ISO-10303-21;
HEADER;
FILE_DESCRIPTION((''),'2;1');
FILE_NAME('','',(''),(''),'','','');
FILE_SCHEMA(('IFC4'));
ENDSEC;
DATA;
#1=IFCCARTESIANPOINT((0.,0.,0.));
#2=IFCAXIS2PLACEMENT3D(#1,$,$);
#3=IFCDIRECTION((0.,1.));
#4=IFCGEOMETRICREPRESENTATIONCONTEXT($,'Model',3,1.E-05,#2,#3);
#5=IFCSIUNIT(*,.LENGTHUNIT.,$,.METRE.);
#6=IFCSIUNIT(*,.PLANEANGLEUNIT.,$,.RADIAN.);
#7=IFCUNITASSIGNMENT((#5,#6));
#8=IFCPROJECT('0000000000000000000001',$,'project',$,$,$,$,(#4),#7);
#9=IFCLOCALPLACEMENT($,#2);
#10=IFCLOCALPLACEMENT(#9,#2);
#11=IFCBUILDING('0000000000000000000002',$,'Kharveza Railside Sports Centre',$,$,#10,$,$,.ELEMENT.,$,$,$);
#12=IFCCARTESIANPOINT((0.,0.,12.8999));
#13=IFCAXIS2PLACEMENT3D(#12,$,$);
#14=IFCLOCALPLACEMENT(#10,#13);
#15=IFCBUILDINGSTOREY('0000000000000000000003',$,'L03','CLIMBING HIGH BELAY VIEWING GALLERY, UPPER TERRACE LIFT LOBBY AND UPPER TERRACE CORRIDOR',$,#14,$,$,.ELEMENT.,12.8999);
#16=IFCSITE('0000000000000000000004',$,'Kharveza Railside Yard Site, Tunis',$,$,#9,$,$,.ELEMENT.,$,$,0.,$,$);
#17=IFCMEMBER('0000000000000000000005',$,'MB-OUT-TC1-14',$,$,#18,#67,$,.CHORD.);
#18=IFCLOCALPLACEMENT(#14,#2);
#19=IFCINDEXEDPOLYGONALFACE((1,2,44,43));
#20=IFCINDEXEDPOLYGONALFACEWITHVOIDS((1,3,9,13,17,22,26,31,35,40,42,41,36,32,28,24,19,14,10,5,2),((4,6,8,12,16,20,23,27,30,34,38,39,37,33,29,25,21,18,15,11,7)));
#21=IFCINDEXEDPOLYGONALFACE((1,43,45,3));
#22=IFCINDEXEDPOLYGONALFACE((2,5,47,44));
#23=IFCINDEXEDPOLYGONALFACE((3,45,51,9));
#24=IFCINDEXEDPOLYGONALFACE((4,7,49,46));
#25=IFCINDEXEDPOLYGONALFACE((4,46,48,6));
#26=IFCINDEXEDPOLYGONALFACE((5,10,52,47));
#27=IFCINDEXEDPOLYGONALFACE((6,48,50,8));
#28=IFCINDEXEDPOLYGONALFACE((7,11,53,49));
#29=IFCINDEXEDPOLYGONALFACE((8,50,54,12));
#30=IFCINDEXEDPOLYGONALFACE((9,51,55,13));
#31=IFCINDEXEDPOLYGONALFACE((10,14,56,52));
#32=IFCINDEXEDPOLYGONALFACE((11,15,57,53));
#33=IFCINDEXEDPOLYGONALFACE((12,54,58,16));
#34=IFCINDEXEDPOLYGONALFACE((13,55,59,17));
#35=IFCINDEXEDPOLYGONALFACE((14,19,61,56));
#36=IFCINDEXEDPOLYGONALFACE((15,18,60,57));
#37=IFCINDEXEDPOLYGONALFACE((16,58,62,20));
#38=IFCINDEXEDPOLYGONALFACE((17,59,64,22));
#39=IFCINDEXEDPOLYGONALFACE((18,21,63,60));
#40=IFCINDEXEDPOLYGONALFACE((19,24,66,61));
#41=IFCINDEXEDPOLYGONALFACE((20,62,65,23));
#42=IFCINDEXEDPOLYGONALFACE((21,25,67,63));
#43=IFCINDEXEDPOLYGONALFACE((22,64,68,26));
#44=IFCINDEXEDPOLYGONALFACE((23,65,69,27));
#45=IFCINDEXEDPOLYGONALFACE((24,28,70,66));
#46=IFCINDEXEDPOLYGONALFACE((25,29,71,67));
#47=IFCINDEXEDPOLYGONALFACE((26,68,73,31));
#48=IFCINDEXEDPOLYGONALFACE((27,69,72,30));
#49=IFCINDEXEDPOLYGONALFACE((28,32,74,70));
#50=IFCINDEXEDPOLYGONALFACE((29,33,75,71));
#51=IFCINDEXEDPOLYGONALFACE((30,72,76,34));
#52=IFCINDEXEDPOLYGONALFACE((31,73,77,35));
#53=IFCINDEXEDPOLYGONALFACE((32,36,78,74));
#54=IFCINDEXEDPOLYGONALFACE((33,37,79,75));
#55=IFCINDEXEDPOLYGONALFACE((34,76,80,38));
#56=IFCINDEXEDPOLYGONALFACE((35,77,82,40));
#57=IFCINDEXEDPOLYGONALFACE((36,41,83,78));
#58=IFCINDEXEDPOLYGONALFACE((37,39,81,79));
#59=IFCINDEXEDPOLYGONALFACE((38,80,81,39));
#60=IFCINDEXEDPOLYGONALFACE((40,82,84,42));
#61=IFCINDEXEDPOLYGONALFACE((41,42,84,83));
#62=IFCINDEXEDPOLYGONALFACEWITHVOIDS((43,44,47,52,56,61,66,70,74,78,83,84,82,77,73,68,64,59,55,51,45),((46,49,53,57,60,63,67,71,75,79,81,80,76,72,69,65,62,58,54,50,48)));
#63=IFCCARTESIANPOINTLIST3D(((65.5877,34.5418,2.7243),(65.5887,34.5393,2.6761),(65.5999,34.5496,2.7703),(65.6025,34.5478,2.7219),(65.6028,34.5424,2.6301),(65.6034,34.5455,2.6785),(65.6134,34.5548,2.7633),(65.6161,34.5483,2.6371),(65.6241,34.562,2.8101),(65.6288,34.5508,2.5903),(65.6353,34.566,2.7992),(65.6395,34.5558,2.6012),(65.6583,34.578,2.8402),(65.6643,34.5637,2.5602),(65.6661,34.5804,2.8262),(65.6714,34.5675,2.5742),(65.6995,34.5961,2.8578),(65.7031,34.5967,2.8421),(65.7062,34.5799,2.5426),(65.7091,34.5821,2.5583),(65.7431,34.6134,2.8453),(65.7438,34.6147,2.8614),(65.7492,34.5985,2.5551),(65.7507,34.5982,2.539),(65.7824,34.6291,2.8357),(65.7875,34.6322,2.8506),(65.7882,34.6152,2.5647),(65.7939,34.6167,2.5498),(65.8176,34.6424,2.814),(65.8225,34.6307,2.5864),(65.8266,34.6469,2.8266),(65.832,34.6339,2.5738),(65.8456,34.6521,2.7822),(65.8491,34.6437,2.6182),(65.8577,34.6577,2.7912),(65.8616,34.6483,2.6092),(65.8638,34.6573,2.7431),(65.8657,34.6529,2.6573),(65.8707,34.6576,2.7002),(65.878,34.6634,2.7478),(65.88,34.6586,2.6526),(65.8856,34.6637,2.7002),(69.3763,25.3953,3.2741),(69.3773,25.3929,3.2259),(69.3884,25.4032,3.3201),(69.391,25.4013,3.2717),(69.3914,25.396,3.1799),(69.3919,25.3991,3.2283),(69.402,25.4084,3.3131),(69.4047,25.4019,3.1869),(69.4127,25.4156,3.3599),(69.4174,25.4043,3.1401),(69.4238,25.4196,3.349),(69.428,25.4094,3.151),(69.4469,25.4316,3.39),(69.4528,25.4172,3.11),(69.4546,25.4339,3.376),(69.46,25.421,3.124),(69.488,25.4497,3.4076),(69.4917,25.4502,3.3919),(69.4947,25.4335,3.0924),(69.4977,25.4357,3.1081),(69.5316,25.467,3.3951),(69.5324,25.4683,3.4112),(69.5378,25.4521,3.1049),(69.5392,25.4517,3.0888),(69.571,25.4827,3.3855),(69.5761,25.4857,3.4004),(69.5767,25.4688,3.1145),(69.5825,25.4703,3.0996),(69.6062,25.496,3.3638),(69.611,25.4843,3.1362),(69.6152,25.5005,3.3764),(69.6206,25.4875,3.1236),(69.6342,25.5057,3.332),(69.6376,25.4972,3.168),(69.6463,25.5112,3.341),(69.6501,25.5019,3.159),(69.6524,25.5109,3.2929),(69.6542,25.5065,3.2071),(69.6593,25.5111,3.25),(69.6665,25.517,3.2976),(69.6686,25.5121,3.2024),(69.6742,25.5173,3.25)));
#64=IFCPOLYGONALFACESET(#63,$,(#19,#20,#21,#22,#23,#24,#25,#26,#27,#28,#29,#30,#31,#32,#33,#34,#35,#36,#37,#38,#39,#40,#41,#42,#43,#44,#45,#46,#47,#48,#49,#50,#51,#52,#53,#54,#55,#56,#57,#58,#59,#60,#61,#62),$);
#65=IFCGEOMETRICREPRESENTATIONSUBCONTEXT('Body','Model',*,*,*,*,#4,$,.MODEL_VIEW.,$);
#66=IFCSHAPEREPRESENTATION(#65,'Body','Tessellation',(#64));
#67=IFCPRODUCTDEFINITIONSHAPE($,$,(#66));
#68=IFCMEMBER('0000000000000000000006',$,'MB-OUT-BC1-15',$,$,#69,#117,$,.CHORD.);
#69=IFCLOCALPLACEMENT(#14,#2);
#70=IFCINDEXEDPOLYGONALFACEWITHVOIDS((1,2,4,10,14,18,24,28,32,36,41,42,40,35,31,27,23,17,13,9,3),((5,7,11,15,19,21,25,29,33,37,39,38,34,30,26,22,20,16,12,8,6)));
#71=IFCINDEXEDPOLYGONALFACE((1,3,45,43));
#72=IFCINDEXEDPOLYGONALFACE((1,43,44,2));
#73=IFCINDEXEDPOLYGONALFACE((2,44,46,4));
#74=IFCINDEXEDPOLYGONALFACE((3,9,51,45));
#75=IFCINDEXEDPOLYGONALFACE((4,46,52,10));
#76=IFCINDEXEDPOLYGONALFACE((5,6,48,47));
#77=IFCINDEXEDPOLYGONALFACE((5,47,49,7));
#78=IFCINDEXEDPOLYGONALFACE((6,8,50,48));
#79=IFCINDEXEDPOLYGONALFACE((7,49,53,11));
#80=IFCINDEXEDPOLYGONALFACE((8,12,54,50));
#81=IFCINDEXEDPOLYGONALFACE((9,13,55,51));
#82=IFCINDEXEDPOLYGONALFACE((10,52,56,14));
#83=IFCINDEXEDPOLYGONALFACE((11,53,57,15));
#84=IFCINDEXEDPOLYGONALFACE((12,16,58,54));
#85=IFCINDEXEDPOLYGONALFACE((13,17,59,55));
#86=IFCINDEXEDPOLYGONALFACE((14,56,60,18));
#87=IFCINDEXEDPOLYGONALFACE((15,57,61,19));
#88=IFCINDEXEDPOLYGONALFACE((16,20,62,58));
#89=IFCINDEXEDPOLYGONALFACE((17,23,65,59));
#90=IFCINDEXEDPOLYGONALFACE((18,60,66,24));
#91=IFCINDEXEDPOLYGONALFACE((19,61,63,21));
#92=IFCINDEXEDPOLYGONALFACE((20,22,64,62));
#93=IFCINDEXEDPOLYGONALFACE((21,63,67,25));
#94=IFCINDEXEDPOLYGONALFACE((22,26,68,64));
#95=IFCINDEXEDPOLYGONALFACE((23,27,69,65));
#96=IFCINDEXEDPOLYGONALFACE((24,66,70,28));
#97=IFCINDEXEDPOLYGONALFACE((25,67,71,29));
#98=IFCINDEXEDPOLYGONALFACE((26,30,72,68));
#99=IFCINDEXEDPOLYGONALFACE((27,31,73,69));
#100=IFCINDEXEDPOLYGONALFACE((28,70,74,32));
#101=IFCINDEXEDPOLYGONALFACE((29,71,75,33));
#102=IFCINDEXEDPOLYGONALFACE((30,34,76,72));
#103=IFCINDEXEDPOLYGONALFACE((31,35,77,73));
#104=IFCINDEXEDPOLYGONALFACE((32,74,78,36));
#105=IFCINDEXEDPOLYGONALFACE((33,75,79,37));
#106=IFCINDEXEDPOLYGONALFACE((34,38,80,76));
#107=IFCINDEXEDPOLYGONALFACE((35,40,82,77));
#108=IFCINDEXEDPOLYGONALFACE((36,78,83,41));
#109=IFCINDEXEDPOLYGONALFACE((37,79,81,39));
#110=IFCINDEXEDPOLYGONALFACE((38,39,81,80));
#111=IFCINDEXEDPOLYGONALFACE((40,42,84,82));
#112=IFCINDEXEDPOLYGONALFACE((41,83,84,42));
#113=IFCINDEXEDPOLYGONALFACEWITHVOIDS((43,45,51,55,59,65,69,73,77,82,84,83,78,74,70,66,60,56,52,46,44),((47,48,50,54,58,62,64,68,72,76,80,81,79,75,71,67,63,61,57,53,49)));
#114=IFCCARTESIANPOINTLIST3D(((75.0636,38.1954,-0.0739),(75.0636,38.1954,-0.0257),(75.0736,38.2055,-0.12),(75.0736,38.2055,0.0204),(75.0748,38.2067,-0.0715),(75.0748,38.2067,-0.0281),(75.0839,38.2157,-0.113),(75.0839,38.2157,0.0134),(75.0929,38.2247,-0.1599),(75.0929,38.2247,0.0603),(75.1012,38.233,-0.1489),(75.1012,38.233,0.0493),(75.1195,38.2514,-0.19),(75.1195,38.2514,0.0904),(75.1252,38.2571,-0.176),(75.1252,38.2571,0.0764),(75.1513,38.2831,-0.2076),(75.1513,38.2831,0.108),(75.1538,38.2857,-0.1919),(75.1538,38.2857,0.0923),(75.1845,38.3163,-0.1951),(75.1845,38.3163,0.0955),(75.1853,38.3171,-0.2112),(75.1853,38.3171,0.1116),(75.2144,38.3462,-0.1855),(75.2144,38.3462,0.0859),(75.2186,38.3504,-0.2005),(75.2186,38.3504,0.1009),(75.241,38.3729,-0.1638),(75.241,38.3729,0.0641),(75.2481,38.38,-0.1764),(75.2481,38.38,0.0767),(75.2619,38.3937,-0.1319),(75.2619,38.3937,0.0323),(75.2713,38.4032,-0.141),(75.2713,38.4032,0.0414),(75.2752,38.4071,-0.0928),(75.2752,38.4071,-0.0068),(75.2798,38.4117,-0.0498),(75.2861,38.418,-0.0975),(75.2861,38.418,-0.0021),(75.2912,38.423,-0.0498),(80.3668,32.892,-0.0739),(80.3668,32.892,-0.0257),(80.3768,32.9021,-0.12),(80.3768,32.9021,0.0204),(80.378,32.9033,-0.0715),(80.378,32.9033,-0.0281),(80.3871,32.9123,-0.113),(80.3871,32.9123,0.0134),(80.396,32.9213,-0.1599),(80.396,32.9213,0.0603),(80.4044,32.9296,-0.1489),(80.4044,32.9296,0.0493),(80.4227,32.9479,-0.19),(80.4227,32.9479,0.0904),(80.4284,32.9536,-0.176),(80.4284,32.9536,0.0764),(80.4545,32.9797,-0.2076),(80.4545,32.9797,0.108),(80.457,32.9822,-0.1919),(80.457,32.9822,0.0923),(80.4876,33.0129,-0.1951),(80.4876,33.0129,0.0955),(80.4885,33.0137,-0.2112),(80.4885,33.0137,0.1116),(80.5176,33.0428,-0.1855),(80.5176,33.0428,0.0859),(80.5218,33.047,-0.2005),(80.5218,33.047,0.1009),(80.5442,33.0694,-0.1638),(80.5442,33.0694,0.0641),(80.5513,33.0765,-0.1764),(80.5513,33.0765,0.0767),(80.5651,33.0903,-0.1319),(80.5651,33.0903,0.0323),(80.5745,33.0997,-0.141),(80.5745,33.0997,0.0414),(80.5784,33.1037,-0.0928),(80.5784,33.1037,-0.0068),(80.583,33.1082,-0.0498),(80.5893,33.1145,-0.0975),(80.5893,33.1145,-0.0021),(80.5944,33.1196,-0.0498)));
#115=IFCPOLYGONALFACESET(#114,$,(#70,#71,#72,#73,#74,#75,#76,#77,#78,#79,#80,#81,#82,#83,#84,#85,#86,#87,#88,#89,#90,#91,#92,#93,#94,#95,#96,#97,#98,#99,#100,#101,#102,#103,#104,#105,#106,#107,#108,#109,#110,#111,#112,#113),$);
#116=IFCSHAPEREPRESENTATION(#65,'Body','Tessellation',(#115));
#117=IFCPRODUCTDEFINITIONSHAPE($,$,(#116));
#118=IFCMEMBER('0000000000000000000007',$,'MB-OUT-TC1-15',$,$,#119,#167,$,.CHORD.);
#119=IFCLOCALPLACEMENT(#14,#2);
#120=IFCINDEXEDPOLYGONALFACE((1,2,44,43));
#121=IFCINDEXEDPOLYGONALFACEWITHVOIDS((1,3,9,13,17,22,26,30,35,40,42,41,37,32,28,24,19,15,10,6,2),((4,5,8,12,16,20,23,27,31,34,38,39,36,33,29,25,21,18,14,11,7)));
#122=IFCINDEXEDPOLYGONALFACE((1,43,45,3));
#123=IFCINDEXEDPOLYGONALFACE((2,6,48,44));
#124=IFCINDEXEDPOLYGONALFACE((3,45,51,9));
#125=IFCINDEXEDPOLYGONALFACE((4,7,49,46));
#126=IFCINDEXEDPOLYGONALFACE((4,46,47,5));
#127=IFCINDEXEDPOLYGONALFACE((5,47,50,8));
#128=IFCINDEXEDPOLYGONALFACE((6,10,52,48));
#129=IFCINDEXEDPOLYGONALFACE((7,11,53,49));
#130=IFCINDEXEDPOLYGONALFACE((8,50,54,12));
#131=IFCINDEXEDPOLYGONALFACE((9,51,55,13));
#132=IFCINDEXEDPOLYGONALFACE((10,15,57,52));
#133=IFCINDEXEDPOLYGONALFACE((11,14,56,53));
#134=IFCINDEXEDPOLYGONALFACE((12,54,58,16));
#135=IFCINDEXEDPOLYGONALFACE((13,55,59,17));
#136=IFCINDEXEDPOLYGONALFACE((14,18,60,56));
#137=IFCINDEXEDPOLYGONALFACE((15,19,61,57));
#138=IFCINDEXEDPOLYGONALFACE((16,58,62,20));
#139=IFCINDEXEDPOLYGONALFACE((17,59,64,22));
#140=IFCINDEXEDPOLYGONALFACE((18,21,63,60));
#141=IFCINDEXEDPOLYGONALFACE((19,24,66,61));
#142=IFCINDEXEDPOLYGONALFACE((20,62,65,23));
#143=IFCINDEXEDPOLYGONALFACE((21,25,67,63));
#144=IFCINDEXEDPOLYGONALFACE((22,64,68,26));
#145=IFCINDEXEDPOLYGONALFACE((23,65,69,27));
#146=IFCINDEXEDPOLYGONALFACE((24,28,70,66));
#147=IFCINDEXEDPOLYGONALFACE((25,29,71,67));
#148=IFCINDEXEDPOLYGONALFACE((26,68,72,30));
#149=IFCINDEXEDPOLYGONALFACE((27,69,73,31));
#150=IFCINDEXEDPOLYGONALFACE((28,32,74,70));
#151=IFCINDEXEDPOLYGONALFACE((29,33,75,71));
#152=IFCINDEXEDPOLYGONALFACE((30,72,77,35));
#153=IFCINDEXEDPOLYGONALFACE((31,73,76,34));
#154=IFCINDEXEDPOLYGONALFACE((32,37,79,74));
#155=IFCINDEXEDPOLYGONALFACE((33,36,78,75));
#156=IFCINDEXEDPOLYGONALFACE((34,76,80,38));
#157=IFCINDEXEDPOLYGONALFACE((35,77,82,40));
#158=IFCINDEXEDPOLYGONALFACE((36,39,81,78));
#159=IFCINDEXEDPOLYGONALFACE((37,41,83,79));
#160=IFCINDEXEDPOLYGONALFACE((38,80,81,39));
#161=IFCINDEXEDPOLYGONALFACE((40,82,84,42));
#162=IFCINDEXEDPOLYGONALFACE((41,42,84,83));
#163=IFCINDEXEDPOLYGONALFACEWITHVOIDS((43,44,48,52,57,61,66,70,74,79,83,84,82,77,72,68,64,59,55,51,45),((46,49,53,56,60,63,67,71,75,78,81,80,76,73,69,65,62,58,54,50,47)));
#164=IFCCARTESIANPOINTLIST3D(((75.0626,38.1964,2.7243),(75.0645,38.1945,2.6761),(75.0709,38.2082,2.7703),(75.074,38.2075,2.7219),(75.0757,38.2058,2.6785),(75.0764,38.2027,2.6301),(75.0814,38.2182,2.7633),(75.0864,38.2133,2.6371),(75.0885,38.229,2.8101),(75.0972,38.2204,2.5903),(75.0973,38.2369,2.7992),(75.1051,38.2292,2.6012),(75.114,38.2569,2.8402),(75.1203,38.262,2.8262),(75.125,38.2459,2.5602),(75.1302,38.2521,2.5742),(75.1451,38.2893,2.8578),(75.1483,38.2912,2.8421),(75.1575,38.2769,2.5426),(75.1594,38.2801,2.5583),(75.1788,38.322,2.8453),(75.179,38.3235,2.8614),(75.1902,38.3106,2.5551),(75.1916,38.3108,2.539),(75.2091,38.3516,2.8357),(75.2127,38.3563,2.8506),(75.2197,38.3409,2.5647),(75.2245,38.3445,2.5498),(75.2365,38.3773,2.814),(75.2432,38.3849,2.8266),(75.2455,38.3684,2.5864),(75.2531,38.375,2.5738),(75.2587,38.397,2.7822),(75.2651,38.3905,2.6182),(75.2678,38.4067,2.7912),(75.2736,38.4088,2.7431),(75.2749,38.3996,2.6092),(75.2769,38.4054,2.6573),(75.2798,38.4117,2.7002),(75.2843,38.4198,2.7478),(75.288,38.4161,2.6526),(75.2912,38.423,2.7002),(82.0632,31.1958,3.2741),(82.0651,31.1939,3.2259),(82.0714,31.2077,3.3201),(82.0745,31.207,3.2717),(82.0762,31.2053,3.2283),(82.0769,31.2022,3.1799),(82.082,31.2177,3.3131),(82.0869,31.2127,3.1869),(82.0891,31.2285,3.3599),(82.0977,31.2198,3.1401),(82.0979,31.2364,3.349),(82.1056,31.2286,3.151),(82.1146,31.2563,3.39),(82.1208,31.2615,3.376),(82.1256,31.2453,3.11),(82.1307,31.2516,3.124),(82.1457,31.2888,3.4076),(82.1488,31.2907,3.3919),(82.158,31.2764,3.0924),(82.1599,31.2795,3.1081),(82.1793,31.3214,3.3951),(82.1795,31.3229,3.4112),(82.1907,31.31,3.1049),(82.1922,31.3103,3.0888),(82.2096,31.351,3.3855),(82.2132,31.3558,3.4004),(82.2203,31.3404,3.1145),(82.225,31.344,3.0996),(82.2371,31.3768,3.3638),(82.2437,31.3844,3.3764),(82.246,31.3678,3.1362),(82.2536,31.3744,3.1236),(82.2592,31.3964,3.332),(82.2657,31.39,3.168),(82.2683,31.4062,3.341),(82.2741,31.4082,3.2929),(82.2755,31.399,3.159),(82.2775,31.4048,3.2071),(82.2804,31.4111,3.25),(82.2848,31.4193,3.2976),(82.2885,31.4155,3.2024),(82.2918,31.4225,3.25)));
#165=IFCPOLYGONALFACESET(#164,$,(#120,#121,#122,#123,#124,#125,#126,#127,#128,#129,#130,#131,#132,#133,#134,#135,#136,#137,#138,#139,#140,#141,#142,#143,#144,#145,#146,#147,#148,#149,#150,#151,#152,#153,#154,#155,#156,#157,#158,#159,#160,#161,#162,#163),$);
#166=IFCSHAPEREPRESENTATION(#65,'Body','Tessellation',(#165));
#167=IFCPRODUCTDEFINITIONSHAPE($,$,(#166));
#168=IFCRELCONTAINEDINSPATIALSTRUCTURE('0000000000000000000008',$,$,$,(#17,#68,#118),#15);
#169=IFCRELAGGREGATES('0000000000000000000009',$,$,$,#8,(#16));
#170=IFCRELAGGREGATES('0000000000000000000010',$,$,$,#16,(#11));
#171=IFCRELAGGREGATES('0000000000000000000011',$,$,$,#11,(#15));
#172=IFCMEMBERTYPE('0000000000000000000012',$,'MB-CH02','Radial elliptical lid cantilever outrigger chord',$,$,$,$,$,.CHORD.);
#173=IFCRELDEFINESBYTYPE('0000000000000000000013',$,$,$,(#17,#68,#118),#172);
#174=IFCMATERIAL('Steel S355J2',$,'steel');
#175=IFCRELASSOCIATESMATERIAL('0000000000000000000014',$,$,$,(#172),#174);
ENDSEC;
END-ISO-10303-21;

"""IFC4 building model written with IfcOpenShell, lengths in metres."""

from ifc_helpers import new_model, si_unit, direction, frame, origin, origin_2d, place, context, subcontext, project, spatial, hollow_circle, extrude, material, material_profile, profile_set, type_object, element, save


model = new_model("IFC4")

# Units and contexts
model_context = context("Model", 3, precision=1e-05, world=origin(), true_north=direction((0.0, 1.0)))
body_context = subcontext(model_context, "Body", "Model", "MODEL_VIEW")
ifc_project = project(units=[si_unit("LENGTHUNIT", "METRE"), si_unit("PLANEANGLEUNIT", "RADIAN")], contexts=[model_context])

# Site, building, storey
site_placement = place(None, origin())
site = spatial("IfcSite", under=ifc_project, at=site_placement, Name="Kharveza Railside Yard Site, Tunis", CompositionType="ELEMENT", RefElevation=0.0)
building_placement = place(site_placement, origin())
building = spatial("IfcBuilding", under=site, at=building_placement, Name="Kharveza Railside Sports Centre", CompositionType="ELEMENT")
storey_placement = place(building_placement, frame((0.0, 0.0, 12.8999)))
storey = spatial("IfcBuildingStorey", under=building, at=storey_placement, Name="L03", Description="CLIMBING HIGH BELAY VIEWING GALLERY, UPPER TERRACE LIFT LOBBY AND UPPER TERRACE CORRIDOR", CompositionType="ELEMENT", Elevation=12.8999)

# Members
ifc_material = material(Name="Steel S355J2", Category="steel")
ifc_material_profile_1 = material_profile(ifc_material, hollow_circle(Radius=0.1619, WallThickness=0.0161, at=origin_2d()), Name="CHS 323.9x16.0")
ifc_profile_set_1 = profile_set([ifc_material_profile_1], Name="Steel S355J2")
member_type_1 = type_object("IfcMemberType", Name="MB-CH02", Description="Radial elliptical lid cantilever outrigger chord", PredefinedType="CHORD", material=ifc_profile_set_1)
member_1_placement = place(storey_placement, frame((65.7361, 34.6018, 2.7002), z_axis=(0.382093, -0.922459, 0.05545), x_axis=(0.92388, 0.382681, 0.0)))
element("IfcMember", 1, at=member_1_placement, inside=storey, type_object=member_type_1, Name="MB-OUT-TC1-14", PredefinedType="CHORD", context=body_context, shape_type="SweptSolid", body=[
    extrude(hollow_circle(Radius=0.1619, WallThickness=0.0161, at=origin_2d()), origin(), (0.0, 0.0, 1.0), 9.9153),
])
member_2_placement = place(storey_placement, frame((75.1768, 38.3086, -0.0498), z_axis=(0.707091, -0.707123, 0.0), x_axis=(0.707123, 0.707091, 0.0)))
element("IfcMember", 2, at=member_2_placement, inside=storey, type_object=member_type_1, Name="MB-OUT-BC1-15", PredefinedType="CHORD", context=body_context, shape_type="SweptSolid", body=[
    extrude(hollow_circle(Radius=0.1619, WallThickness=0.0161, at=origin_2d()), origin(), (0.0, 0.0, 1.0), 7.5),
])
member_3_placement = place(storey_placement, frame((75.1768, 38.3086, 2.7002), z_axis=(0.706019, -0.706019, 0.055449), x_axis=(0.707107, 0.707107, 0.0)))
element("IfcMember", 3, at=member_3_placement, inside=storey, type_object=member_type_1, Name="MB-OUT-TC1-15", PredefinedType="CHORD", context=body_context, shape_type="SweptSolid", body=[
    extrude(hollow_circle(Radius=0.1619, WallThickness=0.0161, at=origin_2d()), origin(), (0.0, 0.0, 1.0), 9.9155),
])

save(model, "model.ifc")
